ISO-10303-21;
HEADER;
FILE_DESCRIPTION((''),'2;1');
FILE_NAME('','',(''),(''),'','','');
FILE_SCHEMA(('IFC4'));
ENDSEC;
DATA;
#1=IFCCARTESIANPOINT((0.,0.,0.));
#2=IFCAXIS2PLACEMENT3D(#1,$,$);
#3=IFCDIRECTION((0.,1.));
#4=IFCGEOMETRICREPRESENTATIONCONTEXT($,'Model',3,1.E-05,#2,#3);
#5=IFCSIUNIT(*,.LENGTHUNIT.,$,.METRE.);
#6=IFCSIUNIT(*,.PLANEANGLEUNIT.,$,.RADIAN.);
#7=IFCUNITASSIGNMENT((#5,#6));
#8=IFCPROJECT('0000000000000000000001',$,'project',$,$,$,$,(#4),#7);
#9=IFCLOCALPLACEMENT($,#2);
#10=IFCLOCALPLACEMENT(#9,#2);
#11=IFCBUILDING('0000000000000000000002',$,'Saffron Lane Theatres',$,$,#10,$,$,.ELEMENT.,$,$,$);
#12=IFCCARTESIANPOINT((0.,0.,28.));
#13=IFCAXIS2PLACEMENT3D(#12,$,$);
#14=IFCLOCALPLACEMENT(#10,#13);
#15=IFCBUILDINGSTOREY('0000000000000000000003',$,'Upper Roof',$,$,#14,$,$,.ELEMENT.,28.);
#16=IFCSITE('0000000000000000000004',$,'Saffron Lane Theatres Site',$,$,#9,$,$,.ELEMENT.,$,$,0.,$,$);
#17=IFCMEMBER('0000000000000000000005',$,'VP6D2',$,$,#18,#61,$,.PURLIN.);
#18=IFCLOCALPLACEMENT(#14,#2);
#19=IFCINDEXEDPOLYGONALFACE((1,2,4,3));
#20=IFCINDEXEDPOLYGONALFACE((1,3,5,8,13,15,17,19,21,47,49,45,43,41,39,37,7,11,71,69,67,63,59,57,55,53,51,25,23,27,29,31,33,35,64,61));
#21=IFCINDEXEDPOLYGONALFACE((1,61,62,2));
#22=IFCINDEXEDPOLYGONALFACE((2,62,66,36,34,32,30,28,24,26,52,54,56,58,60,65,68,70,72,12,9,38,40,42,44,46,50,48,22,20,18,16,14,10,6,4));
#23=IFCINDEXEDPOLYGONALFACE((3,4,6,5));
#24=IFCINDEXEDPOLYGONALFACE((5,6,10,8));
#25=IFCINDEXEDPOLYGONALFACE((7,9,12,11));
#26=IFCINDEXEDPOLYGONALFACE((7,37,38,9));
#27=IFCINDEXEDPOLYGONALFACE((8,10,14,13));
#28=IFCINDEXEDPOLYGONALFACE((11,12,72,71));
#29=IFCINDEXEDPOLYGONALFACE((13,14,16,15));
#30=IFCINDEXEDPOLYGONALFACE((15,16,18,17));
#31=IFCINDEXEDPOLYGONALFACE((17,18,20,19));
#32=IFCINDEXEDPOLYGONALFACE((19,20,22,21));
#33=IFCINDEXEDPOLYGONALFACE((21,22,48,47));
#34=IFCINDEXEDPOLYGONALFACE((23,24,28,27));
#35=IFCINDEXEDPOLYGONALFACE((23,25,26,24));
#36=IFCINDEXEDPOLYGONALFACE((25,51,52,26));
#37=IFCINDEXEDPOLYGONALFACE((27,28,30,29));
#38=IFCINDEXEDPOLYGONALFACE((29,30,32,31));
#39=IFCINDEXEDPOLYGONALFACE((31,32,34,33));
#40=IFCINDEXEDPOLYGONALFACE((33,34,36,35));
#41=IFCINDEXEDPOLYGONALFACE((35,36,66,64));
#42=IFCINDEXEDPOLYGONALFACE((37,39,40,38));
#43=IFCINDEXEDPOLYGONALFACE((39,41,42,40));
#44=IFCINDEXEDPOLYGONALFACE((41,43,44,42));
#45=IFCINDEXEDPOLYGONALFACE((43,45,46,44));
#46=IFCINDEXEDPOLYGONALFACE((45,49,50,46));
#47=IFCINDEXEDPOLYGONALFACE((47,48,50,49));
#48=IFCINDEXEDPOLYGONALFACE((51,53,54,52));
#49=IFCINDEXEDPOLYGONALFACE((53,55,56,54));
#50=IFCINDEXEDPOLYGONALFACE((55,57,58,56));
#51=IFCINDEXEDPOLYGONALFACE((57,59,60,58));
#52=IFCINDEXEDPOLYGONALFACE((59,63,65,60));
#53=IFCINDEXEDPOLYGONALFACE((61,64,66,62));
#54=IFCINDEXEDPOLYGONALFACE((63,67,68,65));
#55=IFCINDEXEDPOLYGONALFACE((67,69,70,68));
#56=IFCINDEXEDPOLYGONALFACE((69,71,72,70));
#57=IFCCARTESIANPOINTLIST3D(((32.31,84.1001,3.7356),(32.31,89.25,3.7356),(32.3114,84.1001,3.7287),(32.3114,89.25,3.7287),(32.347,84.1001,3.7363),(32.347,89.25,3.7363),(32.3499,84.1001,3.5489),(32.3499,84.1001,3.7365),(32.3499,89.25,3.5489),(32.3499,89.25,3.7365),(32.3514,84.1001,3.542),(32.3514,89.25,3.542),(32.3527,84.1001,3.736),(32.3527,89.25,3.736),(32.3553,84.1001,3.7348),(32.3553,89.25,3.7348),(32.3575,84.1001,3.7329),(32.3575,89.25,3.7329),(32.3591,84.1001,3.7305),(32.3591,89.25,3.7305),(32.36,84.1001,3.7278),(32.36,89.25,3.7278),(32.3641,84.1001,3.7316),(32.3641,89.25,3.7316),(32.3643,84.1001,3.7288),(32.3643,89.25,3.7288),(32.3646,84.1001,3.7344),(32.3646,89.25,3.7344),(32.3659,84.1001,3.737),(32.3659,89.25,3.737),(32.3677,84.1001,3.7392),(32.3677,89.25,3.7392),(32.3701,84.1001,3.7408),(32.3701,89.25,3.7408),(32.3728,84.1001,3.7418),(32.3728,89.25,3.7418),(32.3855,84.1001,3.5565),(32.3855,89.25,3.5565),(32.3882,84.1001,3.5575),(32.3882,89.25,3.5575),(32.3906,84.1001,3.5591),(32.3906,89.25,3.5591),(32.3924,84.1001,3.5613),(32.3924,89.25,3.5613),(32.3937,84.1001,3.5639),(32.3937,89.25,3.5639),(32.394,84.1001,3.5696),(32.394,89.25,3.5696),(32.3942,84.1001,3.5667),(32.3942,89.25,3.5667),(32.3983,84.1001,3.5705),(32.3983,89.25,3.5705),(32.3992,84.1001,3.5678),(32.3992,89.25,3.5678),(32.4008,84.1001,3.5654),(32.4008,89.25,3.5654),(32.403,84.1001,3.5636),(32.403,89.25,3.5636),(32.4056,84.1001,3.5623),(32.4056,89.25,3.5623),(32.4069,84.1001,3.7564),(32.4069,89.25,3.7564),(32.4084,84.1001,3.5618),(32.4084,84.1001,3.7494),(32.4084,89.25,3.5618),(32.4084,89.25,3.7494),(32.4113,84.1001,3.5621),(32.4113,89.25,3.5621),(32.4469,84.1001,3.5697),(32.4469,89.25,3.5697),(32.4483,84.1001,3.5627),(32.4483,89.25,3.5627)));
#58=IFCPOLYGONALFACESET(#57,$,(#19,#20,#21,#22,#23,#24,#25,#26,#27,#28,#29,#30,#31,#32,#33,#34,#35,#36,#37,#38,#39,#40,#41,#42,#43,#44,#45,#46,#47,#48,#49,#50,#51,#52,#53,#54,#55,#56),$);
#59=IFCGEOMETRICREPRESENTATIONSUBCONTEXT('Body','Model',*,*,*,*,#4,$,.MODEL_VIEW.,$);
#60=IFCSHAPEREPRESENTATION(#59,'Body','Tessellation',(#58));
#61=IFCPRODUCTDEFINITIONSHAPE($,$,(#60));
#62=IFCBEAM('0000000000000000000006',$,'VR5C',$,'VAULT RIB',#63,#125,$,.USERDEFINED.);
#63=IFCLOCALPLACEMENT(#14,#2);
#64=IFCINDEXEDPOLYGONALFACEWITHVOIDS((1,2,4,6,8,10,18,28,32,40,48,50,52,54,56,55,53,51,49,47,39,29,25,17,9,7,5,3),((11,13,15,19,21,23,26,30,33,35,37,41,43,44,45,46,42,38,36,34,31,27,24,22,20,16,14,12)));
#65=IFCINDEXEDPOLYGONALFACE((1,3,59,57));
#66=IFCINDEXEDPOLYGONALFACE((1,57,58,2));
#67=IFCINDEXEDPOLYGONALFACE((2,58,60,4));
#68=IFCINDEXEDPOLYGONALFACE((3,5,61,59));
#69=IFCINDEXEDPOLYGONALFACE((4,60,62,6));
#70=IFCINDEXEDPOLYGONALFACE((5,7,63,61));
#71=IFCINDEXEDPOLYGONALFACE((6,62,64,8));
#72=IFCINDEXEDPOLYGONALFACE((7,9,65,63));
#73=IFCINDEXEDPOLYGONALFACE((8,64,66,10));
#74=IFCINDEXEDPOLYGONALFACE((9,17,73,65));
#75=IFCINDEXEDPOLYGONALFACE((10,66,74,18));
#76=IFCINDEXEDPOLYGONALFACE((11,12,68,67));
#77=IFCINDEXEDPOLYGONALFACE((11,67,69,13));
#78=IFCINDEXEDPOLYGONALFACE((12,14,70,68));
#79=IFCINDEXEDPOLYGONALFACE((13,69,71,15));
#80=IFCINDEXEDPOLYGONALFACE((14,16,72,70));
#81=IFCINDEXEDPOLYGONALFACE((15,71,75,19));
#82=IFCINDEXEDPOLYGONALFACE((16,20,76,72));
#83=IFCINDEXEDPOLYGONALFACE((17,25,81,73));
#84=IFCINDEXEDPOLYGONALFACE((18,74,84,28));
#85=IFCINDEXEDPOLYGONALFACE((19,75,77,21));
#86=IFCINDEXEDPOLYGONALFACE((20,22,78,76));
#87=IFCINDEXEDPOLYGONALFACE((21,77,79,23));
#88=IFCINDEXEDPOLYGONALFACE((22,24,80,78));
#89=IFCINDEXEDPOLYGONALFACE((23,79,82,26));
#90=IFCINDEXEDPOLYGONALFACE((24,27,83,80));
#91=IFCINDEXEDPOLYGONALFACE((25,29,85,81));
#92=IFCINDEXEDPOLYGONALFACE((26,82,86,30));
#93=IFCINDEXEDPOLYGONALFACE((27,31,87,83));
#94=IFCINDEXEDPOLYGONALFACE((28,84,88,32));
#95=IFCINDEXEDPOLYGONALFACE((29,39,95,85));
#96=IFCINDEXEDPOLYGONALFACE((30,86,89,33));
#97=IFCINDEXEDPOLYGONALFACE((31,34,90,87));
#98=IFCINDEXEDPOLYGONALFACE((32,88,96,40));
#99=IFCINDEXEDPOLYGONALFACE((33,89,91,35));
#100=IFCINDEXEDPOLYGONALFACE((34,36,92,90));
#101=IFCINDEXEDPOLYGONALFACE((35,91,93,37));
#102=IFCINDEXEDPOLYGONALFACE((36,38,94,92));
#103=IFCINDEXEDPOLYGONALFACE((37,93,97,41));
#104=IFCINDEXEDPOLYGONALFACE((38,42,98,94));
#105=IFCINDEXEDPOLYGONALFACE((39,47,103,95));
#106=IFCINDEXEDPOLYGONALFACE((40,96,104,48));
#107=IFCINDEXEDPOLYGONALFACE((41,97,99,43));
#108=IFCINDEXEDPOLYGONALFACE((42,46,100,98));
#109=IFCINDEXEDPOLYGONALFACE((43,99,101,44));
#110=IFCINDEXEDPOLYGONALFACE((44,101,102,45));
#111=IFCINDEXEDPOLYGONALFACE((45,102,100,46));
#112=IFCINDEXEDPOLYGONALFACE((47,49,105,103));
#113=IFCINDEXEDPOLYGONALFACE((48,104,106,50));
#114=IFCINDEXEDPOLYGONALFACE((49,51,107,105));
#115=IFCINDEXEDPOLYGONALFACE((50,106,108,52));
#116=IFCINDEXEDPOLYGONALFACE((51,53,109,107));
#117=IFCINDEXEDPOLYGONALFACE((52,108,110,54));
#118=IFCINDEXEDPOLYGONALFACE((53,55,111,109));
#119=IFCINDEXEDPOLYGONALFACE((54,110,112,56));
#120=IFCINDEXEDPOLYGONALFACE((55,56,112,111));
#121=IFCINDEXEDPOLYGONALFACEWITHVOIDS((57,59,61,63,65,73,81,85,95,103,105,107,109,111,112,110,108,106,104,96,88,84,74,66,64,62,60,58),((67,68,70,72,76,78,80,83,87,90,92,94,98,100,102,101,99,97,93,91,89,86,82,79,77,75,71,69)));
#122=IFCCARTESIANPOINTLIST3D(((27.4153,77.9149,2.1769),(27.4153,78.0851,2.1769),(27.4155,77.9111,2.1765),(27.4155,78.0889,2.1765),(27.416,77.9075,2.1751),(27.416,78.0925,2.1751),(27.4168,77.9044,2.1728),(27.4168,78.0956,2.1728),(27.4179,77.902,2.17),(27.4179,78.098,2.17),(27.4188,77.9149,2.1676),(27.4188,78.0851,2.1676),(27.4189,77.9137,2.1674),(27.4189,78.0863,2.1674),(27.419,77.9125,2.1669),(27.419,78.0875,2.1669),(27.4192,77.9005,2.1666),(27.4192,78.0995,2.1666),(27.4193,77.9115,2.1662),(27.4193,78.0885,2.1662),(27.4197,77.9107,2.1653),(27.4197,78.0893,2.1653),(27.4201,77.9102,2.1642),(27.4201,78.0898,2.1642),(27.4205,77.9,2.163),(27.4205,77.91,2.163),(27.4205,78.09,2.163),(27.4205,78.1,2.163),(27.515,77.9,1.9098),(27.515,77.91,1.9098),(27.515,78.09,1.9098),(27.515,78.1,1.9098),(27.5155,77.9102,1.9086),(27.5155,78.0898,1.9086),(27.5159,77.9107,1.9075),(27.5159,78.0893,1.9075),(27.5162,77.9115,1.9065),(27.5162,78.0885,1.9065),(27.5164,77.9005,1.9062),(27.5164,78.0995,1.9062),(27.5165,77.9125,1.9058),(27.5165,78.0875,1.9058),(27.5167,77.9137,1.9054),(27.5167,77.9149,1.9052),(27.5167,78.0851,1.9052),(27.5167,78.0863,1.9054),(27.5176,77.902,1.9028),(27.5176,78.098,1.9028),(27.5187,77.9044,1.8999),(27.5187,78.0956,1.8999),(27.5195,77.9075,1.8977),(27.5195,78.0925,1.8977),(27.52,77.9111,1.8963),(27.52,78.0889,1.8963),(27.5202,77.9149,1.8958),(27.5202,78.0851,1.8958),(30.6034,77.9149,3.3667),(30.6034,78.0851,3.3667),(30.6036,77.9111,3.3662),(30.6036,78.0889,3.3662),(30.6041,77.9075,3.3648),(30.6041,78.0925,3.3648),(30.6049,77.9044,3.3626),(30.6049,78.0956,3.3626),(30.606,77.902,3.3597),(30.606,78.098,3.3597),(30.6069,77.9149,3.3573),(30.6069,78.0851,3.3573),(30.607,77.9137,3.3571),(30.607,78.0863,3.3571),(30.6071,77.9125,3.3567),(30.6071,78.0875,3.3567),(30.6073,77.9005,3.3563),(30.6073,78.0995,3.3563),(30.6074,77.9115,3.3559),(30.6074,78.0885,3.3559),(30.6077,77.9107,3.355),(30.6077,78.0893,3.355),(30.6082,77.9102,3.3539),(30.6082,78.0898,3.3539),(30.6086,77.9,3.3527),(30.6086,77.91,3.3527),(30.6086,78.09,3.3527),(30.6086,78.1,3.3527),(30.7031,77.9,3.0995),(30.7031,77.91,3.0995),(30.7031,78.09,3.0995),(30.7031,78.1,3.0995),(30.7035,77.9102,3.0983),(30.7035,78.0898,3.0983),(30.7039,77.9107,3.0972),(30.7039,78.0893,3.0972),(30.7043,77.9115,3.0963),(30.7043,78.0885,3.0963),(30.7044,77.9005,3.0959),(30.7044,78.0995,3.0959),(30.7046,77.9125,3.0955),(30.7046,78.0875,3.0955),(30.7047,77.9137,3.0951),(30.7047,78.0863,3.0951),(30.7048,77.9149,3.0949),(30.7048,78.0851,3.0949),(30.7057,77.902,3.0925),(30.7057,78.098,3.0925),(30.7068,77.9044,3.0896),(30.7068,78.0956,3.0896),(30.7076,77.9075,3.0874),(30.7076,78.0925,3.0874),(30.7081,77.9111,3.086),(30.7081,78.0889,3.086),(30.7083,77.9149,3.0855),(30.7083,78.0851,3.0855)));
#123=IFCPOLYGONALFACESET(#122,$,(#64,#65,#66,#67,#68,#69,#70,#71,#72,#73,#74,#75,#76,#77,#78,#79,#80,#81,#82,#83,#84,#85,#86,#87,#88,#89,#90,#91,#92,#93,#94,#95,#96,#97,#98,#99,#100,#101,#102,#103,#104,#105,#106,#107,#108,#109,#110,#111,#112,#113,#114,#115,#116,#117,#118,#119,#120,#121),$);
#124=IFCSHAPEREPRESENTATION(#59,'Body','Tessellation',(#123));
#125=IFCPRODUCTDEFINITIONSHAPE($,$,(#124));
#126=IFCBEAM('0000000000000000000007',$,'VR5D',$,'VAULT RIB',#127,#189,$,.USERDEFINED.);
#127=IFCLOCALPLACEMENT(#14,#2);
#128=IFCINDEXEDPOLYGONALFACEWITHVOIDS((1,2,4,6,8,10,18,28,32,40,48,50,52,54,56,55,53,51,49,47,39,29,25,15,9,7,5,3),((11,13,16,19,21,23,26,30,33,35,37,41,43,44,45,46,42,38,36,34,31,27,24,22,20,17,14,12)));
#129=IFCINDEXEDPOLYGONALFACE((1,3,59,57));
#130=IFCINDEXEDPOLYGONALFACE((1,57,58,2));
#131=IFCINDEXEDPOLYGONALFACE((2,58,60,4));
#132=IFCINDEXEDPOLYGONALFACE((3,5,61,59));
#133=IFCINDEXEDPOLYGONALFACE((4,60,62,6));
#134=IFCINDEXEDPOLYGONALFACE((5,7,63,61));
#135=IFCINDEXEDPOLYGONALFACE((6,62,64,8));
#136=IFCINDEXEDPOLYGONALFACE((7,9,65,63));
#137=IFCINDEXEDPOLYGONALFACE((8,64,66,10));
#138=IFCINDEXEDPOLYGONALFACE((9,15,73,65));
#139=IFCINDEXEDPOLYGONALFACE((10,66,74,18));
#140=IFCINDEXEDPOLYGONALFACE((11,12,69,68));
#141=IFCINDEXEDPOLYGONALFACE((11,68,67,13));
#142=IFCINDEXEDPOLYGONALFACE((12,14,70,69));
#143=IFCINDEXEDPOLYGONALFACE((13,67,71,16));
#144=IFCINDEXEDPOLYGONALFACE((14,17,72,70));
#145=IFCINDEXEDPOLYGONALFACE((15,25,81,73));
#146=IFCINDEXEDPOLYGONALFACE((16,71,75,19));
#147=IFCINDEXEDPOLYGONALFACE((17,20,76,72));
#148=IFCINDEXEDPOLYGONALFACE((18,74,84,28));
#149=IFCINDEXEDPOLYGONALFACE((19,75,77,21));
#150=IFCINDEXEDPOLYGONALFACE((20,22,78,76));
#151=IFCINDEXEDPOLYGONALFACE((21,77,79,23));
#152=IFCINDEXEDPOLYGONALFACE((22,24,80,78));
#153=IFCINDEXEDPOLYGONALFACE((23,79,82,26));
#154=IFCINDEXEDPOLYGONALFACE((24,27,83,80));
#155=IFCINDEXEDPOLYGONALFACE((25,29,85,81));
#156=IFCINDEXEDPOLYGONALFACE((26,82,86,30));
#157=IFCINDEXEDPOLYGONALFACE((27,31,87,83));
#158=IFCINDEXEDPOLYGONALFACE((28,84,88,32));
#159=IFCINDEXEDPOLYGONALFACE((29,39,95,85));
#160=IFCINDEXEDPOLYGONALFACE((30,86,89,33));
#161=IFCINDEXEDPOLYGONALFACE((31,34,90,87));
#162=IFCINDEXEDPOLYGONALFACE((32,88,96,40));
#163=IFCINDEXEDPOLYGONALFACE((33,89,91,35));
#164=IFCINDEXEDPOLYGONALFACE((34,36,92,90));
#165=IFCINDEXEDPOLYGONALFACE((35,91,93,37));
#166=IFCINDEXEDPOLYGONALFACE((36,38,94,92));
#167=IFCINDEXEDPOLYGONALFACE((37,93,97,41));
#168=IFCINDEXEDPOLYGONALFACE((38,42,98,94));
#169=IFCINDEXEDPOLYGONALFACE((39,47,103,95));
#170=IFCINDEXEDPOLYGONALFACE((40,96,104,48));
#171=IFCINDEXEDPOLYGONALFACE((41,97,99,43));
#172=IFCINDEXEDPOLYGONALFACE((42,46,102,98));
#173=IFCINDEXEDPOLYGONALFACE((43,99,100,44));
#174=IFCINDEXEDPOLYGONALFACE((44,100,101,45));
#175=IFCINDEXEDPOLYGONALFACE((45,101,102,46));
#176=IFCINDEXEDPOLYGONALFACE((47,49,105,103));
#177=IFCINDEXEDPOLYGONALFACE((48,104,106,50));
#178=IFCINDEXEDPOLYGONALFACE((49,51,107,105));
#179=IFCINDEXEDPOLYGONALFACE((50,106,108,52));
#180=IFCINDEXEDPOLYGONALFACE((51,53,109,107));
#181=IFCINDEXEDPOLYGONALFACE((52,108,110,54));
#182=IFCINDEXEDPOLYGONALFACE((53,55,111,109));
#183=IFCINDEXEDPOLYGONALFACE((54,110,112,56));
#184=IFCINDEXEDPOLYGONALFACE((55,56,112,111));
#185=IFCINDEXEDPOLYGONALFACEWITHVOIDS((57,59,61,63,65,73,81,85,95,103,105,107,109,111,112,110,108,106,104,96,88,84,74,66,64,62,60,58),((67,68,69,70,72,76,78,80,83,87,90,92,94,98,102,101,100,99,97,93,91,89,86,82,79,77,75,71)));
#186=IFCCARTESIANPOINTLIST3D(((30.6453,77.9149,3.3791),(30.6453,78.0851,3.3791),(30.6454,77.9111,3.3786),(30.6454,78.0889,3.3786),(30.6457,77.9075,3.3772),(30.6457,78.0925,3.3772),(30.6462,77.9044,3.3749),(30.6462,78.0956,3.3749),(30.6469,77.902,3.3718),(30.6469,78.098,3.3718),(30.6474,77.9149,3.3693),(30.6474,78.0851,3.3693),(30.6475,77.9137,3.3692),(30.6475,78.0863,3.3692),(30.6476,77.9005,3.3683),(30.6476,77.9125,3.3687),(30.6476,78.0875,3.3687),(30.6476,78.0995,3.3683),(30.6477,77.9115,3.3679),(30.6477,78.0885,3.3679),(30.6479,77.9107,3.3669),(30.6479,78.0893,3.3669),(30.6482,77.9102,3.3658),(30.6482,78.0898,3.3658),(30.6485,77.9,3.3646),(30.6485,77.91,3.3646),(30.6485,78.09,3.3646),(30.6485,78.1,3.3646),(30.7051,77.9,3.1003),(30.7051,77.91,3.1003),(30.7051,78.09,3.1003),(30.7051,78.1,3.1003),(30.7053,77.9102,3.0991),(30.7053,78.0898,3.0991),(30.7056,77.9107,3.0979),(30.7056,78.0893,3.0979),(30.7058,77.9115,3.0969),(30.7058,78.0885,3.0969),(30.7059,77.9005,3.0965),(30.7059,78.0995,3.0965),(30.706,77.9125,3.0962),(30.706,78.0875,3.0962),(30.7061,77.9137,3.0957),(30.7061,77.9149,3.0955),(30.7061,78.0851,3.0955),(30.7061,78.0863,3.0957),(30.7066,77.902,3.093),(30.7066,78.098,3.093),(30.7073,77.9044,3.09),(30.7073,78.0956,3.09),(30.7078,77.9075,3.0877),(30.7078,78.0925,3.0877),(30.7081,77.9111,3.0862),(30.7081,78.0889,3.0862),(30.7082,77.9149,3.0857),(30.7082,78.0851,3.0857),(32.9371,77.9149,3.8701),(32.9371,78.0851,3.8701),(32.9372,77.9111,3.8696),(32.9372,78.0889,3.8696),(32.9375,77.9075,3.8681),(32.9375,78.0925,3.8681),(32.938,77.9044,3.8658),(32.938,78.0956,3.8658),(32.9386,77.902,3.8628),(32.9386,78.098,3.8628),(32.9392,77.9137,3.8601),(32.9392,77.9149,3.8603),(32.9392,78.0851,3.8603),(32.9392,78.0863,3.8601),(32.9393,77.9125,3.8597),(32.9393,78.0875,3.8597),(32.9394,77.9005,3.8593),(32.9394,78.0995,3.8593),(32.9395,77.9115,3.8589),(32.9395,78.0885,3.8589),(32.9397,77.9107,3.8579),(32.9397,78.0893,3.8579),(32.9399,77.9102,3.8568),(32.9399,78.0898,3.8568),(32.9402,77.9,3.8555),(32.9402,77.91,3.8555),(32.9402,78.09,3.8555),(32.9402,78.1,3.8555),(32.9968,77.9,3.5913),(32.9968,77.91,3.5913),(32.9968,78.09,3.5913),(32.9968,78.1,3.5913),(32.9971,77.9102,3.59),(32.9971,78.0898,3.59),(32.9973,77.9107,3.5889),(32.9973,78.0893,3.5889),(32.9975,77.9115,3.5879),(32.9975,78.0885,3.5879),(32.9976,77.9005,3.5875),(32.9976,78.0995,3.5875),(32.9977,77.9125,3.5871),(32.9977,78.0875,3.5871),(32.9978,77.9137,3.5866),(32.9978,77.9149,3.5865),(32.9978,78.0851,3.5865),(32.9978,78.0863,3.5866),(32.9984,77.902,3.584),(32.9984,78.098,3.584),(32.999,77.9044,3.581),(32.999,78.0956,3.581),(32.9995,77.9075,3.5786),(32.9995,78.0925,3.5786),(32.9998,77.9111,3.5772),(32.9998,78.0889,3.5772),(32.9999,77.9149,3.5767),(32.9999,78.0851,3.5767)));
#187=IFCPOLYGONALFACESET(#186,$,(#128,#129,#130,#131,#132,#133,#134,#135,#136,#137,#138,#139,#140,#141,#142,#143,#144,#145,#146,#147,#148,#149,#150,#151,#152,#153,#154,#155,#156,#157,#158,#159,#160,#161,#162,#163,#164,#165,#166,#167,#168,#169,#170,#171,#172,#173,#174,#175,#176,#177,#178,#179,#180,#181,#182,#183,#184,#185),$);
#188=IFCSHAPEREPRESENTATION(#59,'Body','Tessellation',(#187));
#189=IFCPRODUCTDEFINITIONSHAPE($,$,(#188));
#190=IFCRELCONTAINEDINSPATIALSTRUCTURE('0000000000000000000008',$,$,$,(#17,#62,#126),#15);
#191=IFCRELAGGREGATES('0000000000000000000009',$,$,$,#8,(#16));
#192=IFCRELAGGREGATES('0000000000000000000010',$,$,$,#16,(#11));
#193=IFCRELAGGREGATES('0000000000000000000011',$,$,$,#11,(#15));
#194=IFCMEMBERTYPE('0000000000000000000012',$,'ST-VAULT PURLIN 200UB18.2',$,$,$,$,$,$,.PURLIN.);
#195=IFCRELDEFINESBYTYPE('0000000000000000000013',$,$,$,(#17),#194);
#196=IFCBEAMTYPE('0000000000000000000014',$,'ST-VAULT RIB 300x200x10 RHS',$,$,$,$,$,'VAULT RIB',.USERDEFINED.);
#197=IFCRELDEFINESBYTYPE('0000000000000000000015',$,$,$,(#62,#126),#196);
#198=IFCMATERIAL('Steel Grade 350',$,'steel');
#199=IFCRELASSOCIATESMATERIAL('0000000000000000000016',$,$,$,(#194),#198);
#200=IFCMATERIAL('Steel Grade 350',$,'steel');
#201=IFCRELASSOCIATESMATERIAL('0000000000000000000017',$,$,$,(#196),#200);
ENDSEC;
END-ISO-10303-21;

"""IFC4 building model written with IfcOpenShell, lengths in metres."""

from ifc_helpers import new_model, si_unit, direction, frame, origin, origin_2d, place, context, subcontext, project, spatial, hollow_rectangle, i_section, extrude, material, material_profile, profile_set, type_object, element, save


model = new_model("IFC4")

# Units and contexts
model_context = context("Model", 3, precision=1e-05, world=origin(), true_north=direction((0.0, 1.0)))
body_context = subcontext(model_context, "Body", "Model", "MODEL_VIEW")
ifc_project = project(units=[si_unit("LENGTHUNIT", "METRE"), si_unit("PLANEANGLEUNIT", "RADIAN")], contexts=[model_context])

# Site, building, storey
site_placement = place(None, origin())
site = spatial("IfcSite", under=ifc_project, at=site_placement, Name="Saffron Lane Theatres Site", CompositionType="ELEMENT", RefElevation=0.0)
building_placement = place(site_placement, origin())
building = spatial("IfcBuilding", under=site, at=building_placement, Name="Saffron Lane Theatres", CompositionType="ELEMENT")
storey_placement = place(building_placement, frame((0.0, 0.0, 28.0)))
storey = spatial("IfcBuildingStorey", under=building, at=storey_placement, Name="Upper Roof", CompositionType="ELEMENT", Elevation=28.0)

# Member
ifc_material_1 = material(Name="Steel Grade 350", Category="steel")
ifc_material_profile_1 = material_profile(ifc_material_1, i_section(OverallWidth=0.0991, OverallDepth=0.198, WebThickness=0.0044, FlangeThickness=0.0071, FilletRadius=0.011, at=origin_2d()))
ifc_profile_set_1 = profile_set([ifc_material_profile_1], Name="Steel Grade 350")
member_type_1 = type_object("IfcMemberType", Name="ST-VAULT PURLIN 200UB18.2", PredefinedType="PURLIN", material=ifc_profile_set_1)
for number, where, z_axis, x_axis, name in (
    (1, (32.3792, 84.1001, 3.6492), (0.0, 1.0, 0.0), (0.977816, 0.0, 0.209466), "VP6D2"),
):
    element("IfcMember", number, at=place(storey_placement, frame(where, z_axis=z_axis, x_axis=x_axis)), inside=storey, type_object=member_type_1, Name=name, PredefinedType="PURLIN", context=body_context, shape_type="SweptSolid", body=[
        extrude(i_section(OverallWidth=0.0991, OverallDepth=0.198, WebThickness=0.0044, FlangeThickness=0.0071, FilletRadius=0.011, at=origin_2d()), origin(), (0.0, 0.0, 1.0), 5.1499),
    ])

# Beams
ifc_material_2 = material(Name="Steel Grade 350", Category="steel")
ifc_material_profile_2 = material_profile(ifc_material_2, hollow_rectangle(XDim=0.2, YDim=0.3, WallThickness=0.01, InnerFilletRadius=0.0049, OuterFilletRadius=0.0149, at=origin_2d()))
ifc_profile_set_2 = profile_set([ifc_material_profile_2], Name="Steel Grade 350")
beam_type = type_object("IfcBeamType", Name="ST-VAULT RIB 300x200x10 RHS", ElementType="VAULT RIB", PredefinedType="USERDEFINED", material=ifc_profile_set_2)
beam_1_placement = place(storey_placement, frame((27.4678, 78.0, 2.0364), z_axis=(0.936888, 0.0, 0.349629), x_axis=(0.0, 1.0, 0.0)))
element("IfcBeam", 2, at=beam_1_placement, inside=storey, type_object=beam_type, Name="VR5C", ObjectType="VAULT RIB", PredefinedType="USERDEFINED", context=body_context, shape_type="SweptSolid", body=[
    extrude(hollow_rectangle(XDim=0.2, YDim=0.3, WallThickness=0.01, InnerFilletRadius=0.0049, OuterFilletRadius=0.0149, at=origin_2d()), origin(), (0.0, 0.0, 1.0), 3.4028),
])
beam_2_placement = place(storey_placement, frame((30.6768, 78.0, 3.2324), z_axis=(0.977813, 0.0, 0.209479), x_axis=(0.0, 1.0, 0.0)))
element("IfcBeam", 3, at=beam_2_placement, inside=storey, type_object=beam_type, Name="VR5D", ObjectType="VAULT RIB", PredefinedType="USERDEFINED", context=body_context, shape_type="SweptSolid", body=[
    extrude(hollow_rectangle(XDim=0.2, YDim=0.3, WallThickness=0.01, InnerFilletRadius=0.0049, OuterFilletRadius=0.0149, at=origin_2d()), origin(), (0.0, 0.0, 1.0), 2.3438),
])

save(model, "model.ifc")
